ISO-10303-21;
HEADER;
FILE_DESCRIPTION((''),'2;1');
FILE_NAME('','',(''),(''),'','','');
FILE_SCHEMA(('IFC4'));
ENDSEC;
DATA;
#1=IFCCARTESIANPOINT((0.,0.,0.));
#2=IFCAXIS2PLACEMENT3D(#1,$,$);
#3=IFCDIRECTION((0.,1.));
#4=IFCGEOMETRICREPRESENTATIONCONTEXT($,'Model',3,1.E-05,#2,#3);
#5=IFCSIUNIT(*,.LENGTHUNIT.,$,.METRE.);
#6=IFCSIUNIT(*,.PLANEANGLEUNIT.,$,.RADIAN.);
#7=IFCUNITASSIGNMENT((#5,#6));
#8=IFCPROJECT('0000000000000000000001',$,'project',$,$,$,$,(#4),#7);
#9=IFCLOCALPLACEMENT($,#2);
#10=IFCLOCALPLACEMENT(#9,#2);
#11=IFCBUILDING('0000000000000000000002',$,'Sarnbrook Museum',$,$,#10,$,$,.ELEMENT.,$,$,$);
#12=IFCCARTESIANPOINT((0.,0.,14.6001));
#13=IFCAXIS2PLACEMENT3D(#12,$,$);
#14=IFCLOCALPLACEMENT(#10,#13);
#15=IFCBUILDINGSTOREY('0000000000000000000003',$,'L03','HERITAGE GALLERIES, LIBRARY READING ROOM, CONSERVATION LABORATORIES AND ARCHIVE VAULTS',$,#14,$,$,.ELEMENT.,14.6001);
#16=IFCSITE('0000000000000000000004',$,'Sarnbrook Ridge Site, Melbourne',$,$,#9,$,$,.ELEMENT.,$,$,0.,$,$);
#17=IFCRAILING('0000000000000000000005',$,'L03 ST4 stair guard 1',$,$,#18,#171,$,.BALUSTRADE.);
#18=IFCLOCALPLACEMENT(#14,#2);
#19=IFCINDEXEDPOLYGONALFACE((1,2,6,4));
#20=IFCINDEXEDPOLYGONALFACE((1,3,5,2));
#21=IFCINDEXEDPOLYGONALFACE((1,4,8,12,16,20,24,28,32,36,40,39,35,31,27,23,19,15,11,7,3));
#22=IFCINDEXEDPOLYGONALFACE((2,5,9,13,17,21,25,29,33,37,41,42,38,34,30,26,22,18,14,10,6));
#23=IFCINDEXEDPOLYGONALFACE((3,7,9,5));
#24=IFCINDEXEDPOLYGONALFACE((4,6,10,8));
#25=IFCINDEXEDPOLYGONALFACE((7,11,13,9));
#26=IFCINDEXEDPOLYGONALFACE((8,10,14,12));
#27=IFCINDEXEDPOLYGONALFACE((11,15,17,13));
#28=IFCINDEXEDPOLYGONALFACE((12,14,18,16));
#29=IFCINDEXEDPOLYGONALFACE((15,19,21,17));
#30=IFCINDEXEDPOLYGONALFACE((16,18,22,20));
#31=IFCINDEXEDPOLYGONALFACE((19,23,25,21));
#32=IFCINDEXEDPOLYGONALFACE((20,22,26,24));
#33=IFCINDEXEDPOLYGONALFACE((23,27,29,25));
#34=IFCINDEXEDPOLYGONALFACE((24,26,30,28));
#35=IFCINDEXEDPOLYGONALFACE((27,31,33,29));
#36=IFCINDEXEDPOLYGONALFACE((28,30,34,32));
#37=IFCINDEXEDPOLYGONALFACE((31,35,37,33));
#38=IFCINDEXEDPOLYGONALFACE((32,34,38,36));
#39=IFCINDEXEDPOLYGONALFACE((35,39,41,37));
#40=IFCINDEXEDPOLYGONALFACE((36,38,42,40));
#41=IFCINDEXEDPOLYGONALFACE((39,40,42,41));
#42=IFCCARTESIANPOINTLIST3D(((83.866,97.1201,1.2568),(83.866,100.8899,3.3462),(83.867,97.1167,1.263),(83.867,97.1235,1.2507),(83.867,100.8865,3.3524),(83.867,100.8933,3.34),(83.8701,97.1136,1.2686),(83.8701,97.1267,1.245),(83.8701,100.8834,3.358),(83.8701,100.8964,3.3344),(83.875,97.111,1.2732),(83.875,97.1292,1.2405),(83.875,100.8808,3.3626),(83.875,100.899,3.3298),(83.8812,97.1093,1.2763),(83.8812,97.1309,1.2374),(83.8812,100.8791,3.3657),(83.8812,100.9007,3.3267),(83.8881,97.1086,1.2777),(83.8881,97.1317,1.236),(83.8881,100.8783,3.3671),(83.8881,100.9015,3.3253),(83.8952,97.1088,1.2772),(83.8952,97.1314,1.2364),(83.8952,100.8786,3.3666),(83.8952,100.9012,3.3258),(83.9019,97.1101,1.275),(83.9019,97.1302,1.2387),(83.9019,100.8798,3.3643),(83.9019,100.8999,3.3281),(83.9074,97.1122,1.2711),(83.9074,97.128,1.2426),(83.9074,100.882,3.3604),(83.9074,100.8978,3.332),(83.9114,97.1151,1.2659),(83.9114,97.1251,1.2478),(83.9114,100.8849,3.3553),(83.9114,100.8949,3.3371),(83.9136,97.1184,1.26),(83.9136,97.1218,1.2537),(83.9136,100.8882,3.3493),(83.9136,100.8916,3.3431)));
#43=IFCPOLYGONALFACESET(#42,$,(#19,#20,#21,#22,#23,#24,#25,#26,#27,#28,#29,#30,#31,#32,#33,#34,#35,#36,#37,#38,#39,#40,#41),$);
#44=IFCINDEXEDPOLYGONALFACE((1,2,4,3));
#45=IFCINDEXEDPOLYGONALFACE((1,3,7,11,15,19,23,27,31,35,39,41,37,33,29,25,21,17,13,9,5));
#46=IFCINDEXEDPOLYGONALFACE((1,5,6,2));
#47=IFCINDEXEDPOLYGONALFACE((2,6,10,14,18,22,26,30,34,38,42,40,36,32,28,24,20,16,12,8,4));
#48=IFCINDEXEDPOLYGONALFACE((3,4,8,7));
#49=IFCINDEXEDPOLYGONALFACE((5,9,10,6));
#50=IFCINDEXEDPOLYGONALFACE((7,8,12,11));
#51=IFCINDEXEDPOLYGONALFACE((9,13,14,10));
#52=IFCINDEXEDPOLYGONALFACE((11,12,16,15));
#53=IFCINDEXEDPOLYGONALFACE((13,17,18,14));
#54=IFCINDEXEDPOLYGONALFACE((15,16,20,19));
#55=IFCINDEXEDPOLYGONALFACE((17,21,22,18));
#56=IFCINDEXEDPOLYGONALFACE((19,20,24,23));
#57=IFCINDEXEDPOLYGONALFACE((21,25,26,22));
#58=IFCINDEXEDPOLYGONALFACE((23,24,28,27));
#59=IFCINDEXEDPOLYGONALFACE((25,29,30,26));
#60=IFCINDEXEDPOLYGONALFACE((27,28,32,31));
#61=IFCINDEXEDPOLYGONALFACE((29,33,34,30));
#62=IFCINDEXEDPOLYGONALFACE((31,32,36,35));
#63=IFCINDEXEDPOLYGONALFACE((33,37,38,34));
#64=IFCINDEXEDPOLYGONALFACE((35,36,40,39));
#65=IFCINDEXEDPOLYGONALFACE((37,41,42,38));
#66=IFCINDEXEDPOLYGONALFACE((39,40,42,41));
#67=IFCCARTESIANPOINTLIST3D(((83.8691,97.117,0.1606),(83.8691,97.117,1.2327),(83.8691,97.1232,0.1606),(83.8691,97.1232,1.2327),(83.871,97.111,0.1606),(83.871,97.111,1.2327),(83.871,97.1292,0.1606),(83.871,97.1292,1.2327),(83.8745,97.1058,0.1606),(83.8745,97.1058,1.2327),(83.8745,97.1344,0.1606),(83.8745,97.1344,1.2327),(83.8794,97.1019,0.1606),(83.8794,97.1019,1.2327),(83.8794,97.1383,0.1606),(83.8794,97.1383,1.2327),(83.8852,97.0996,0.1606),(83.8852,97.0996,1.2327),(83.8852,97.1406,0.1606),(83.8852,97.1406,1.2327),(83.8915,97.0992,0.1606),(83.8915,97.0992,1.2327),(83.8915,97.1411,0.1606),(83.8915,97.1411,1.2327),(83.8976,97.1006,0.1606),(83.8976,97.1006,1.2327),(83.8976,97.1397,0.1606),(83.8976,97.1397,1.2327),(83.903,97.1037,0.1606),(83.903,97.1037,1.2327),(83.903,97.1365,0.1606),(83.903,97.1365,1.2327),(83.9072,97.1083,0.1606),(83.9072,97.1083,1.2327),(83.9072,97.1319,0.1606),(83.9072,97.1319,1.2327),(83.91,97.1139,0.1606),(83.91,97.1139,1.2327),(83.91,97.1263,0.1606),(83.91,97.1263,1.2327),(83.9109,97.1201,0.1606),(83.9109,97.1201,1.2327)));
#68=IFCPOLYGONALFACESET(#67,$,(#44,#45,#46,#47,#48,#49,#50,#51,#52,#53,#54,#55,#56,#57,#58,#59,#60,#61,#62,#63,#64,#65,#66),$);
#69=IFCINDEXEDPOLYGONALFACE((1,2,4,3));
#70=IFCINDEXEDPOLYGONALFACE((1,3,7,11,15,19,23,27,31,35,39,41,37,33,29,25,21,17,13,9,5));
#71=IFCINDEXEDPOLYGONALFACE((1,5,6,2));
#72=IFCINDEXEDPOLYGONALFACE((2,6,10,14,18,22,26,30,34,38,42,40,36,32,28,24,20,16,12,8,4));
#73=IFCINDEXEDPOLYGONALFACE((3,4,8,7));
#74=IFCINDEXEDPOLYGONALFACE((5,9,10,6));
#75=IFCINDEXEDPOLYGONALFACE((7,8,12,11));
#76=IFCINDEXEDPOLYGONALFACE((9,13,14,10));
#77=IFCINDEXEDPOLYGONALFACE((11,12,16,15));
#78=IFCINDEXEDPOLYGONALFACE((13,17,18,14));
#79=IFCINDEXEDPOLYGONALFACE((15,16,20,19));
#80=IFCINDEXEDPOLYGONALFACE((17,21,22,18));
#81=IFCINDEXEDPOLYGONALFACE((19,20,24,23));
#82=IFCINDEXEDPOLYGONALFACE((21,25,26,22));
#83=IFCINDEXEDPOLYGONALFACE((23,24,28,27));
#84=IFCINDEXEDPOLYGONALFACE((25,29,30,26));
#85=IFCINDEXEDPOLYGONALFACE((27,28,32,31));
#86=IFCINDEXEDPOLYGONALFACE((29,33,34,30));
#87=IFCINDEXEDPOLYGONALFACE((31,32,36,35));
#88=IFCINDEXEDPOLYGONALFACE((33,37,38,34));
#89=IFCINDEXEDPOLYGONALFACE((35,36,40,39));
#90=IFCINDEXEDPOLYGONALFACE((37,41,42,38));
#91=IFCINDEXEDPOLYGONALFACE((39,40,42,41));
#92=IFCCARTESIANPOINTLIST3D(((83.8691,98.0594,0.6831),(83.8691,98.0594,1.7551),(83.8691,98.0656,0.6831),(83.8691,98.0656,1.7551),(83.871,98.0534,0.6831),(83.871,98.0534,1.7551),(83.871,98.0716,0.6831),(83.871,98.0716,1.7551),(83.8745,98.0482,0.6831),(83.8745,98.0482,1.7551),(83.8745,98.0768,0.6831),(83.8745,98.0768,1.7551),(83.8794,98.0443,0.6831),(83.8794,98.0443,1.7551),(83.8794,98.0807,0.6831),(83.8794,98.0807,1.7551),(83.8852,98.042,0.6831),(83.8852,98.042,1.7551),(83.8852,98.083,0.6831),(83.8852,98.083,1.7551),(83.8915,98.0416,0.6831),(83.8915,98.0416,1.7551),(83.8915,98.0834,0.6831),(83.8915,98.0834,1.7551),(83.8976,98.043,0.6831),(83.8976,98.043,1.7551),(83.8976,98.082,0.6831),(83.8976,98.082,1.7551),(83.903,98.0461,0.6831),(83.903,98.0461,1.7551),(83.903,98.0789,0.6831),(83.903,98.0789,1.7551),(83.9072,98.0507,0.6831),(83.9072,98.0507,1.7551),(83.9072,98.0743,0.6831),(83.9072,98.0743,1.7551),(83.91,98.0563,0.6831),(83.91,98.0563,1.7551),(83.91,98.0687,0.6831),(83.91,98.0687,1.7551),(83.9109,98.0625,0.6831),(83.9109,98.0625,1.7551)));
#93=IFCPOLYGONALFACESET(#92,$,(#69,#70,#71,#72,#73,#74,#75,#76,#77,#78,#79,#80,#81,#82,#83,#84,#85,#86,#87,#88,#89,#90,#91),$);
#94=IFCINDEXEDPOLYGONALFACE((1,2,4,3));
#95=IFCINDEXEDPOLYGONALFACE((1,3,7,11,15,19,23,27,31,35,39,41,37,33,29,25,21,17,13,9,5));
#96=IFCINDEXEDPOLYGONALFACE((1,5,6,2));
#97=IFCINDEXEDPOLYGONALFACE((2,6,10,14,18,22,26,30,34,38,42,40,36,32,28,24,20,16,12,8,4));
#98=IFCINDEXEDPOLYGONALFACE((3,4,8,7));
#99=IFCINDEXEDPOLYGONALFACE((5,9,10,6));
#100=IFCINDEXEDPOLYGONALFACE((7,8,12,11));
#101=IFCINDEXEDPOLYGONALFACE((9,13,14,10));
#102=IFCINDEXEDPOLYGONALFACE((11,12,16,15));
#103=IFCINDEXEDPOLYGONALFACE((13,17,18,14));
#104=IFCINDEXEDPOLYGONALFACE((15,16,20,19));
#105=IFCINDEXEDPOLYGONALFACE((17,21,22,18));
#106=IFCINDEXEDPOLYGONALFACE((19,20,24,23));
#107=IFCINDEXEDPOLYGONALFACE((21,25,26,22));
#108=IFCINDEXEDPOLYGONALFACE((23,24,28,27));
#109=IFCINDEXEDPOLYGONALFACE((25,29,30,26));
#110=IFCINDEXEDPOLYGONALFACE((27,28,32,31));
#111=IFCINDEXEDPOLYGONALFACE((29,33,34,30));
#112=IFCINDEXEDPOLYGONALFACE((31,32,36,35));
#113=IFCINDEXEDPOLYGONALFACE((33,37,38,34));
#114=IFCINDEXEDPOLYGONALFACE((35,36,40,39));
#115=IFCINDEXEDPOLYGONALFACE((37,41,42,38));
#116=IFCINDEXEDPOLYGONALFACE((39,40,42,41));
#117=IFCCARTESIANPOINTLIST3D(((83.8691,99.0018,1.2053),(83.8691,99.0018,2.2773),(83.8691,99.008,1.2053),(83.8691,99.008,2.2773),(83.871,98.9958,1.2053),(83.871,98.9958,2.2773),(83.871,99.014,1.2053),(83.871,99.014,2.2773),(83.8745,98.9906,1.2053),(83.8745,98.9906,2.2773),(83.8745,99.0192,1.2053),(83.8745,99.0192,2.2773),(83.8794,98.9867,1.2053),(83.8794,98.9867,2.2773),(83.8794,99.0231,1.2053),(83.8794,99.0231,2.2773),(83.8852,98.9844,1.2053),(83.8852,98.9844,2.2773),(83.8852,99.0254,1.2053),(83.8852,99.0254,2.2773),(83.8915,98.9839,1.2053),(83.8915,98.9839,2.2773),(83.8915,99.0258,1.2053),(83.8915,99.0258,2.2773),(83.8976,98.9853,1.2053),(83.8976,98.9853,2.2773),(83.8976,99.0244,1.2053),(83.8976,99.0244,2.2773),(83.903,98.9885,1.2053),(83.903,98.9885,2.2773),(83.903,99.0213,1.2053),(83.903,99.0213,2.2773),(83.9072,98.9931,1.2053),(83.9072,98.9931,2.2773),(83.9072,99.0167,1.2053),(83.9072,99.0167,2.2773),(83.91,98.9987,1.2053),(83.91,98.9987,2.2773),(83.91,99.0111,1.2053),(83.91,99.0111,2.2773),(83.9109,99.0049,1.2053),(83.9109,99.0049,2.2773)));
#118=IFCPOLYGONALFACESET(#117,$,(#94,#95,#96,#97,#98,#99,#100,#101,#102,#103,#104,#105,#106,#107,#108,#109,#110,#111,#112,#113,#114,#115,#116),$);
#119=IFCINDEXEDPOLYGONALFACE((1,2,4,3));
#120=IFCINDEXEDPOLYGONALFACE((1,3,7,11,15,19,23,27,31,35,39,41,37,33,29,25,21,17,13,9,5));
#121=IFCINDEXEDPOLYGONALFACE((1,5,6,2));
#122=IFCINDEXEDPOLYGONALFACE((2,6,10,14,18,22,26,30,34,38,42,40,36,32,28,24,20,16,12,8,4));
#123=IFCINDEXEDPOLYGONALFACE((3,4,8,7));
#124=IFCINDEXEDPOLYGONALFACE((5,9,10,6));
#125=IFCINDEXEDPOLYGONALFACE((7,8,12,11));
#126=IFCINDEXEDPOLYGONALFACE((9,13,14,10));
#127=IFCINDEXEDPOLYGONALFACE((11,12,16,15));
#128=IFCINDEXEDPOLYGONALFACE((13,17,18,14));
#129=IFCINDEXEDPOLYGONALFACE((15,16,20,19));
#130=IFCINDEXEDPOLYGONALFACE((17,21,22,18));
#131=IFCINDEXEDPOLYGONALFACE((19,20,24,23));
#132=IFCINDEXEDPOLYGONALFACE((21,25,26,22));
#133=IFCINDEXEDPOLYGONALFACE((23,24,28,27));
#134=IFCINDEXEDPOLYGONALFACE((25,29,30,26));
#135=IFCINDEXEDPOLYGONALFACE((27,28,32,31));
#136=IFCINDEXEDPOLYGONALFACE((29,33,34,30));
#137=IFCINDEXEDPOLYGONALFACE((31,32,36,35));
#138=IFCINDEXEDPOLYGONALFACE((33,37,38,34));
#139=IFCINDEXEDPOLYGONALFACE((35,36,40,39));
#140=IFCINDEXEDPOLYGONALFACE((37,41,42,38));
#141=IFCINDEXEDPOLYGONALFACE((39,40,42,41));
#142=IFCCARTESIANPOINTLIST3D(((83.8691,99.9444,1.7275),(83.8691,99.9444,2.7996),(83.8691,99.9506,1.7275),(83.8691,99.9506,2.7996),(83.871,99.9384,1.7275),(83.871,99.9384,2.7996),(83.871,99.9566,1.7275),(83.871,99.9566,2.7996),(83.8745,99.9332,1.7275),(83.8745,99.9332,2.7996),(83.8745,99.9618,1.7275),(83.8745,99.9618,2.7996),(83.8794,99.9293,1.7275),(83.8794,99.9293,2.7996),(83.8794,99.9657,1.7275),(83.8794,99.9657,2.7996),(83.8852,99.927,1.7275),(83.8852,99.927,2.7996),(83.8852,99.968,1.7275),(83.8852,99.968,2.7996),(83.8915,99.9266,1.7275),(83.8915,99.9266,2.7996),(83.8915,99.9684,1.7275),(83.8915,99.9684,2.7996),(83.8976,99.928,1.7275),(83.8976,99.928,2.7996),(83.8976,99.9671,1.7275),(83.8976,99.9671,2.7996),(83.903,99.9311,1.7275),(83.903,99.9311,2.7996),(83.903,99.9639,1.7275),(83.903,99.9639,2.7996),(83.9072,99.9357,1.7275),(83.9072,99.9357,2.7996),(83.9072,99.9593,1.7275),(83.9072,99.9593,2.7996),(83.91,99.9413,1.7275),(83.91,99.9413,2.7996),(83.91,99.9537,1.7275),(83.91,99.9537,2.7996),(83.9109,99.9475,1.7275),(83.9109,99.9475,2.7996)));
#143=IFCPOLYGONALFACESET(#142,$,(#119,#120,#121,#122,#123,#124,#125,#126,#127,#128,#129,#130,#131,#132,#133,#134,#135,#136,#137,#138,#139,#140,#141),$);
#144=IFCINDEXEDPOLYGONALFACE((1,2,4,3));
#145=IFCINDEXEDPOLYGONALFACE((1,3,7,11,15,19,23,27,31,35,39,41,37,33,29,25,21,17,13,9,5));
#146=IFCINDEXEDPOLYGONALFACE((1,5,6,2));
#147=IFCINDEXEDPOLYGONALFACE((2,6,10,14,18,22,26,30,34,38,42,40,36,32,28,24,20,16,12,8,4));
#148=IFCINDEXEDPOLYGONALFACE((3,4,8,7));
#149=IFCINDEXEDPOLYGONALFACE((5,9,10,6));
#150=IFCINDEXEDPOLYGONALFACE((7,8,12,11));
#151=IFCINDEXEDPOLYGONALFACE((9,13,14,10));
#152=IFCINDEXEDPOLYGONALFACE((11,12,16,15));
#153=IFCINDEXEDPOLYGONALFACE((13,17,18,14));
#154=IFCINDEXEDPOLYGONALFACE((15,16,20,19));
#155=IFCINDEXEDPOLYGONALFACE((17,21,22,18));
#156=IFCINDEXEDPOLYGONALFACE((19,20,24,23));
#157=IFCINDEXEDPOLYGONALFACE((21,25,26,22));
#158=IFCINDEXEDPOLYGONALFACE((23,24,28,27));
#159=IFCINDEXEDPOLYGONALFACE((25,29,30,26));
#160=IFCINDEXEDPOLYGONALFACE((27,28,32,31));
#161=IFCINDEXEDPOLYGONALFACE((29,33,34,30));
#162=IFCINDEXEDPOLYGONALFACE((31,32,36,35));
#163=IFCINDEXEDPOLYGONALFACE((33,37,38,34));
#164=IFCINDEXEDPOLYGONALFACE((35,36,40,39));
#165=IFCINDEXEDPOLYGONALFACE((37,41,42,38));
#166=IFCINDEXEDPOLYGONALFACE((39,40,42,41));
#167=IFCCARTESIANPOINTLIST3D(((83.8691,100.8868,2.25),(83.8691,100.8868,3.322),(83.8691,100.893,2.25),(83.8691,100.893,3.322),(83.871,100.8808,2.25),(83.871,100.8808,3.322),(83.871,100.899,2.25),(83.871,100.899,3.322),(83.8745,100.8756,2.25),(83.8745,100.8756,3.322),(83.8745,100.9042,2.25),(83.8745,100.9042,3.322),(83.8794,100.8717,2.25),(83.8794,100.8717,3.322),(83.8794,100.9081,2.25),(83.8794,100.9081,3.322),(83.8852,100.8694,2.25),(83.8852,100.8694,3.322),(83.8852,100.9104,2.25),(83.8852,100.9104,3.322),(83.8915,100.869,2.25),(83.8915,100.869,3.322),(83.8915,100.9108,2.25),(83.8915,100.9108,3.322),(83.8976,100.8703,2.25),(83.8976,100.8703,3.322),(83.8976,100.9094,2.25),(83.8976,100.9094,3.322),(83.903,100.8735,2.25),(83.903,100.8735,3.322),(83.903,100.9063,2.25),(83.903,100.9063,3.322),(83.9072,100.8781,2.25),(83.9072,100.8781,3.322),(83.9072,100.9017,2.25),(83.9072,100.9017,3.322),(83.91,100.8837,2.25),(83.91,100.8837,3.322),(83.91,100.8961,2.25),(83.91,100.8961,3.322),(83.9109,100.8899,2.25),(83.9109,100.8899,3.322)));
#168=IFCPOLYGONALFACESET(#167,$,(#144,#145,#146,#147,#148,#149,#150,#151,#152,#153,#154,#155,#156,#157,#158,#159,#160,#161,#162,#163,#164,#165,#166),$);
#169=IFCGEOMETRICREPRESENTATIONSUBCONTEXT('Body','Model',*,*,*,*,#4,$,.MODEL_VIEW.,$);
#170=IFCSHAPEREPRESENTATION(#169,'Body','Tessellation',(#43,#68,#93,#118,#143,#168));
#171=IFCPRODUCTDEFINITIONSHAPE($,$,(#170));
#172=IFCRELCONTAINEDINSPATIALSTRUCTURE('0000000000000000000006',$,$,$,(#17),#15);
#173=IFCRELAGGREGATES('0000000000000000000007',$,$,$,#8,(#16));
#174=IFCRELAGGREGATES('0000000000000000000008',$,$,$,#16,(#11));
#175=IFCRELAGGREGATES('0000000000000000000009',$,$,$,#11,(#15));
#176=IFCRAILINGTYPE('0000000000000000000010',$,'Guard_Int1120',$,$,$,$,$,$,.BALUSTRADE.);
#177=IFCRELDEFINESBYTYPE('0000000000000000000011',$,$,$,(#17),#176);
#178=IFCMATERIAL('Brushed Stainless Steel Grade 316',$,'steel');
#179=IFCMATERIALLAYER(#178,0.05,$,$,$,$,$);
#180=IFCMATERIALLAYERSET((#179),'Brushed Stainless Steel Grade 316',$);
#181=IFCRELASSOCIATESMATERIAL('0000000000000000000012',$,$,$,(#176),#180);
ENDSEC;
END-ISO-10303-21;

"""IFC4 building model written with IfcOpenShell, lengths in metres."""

from ifc_helpers import new_model, si_unit, direction, frame, origin, origin_2d, place, context, subcontext, project, spatial, circle, extrude, material, layer, layer_set, type_object, element, save


model = new_model("IFC4")

# Units and contexts
model_context = context("Model", 3, precision=1e-05, world=origin(), true_north=direction((0.0, 1.0)))
body_context = subcontext(model_context, "Body", "Model", "MODEL_VIEW")
ifc_project = project(units=[si_unit("LENGTHUNIT", "METRE"), si_unit("PLANEANGLEUNIT", "RADIAN")], contexts=[model_context])

# Site, building, storey
site_placement = place(None, origin())
site = spatial("IfcSite", under=ifc_project, at=site_placement, Name="Sarnbrook Ridge Site, Melbourne", CompositionType="ELEMENT", RefElevation=0.0)
building_placement = place(site_placement, origin())
building = spatial("IfcBuilding", under=site, at=building_placement, Name="Sarnbrook Museum", CompositionType="ELEMENT")
storey_placement = place(building_placement, frame((0.0, 0.0, 14.6001)))
storey = spatial("IfcBuildingStorey", under=building, at=storey_placement, Name="L03", Description="HERITAGE GALLERIES, LIBRARY READING ROOM, CONSERVATION LABORATORIES AND ARCHIVE VAULTS", CompositionType="ELEMENT", Elevation=14.6001)

# Shared definitions
ifc_material_1 = material(Name="Brushed Stainless Steel Grade 316", Category="steel")

# Railing
ifc_layer_1 = layer(ifc_material_1, 0.05)
ifc_layer_set_1 = layer_set([ifc_layer_1], Name="Brushed Stainless Steel Grade 316")
railing_type_1 = type_object("IfcRailingType", Name="Guard_Int1120", PredefinedType="BALUSTRADE", material=ifc_layer_set_1)
railing_1_placement = place(storey_placement, frame((83.8899, 97.1201, 0.1606)))
element("IfcRailing", 1, at=railing_1_placement, inside=storey, type_object=railing_type_1, Name="L03 ST4 stair guard 1", PredefinedType="BALUSTRADE", context=body_context, shape_type="SweptSolid", body=[
    extrude(circle(Radius=0.0239, at=origin_2d()), frame((0.0, 0.0, 1.0962), z_axis=(0.0, 0.874646, 0.484763), x_axis=(-1.0, 0.0, 0.0)), (0.0, 0.0, 1.0), 4.3101),
    extrude(circle(Radius=0.021, at=origin_2d()), origin(), (0.0, 0.0, 1.0), 1.072),
    extrude(circle(Radius=0.021, at=origin_2d()), frame((0.0, 0.9424, 0.5225)), (0.0, 0.0, 1.0), 1.072),
    extrude(circle(Radius=0.021, at=origin_2d()), frame((0.0, 1.8848, 1.0447)), (0.0, 0.0, 1.0), 1.072),
    extrude(circle(Radius=0.021, at=origin_2d()), frame((0.0, 2.8274, 1.5669)), (0.0, 0.0, 1.0), 1.072),
    extrude(circle(Radius=0.021, at=origin_2d()), frame((0.0, 3.7698, 2.0894)), (0.0, 0.0, 1.0), 1.072),
])

save(model, "model.ifc")
